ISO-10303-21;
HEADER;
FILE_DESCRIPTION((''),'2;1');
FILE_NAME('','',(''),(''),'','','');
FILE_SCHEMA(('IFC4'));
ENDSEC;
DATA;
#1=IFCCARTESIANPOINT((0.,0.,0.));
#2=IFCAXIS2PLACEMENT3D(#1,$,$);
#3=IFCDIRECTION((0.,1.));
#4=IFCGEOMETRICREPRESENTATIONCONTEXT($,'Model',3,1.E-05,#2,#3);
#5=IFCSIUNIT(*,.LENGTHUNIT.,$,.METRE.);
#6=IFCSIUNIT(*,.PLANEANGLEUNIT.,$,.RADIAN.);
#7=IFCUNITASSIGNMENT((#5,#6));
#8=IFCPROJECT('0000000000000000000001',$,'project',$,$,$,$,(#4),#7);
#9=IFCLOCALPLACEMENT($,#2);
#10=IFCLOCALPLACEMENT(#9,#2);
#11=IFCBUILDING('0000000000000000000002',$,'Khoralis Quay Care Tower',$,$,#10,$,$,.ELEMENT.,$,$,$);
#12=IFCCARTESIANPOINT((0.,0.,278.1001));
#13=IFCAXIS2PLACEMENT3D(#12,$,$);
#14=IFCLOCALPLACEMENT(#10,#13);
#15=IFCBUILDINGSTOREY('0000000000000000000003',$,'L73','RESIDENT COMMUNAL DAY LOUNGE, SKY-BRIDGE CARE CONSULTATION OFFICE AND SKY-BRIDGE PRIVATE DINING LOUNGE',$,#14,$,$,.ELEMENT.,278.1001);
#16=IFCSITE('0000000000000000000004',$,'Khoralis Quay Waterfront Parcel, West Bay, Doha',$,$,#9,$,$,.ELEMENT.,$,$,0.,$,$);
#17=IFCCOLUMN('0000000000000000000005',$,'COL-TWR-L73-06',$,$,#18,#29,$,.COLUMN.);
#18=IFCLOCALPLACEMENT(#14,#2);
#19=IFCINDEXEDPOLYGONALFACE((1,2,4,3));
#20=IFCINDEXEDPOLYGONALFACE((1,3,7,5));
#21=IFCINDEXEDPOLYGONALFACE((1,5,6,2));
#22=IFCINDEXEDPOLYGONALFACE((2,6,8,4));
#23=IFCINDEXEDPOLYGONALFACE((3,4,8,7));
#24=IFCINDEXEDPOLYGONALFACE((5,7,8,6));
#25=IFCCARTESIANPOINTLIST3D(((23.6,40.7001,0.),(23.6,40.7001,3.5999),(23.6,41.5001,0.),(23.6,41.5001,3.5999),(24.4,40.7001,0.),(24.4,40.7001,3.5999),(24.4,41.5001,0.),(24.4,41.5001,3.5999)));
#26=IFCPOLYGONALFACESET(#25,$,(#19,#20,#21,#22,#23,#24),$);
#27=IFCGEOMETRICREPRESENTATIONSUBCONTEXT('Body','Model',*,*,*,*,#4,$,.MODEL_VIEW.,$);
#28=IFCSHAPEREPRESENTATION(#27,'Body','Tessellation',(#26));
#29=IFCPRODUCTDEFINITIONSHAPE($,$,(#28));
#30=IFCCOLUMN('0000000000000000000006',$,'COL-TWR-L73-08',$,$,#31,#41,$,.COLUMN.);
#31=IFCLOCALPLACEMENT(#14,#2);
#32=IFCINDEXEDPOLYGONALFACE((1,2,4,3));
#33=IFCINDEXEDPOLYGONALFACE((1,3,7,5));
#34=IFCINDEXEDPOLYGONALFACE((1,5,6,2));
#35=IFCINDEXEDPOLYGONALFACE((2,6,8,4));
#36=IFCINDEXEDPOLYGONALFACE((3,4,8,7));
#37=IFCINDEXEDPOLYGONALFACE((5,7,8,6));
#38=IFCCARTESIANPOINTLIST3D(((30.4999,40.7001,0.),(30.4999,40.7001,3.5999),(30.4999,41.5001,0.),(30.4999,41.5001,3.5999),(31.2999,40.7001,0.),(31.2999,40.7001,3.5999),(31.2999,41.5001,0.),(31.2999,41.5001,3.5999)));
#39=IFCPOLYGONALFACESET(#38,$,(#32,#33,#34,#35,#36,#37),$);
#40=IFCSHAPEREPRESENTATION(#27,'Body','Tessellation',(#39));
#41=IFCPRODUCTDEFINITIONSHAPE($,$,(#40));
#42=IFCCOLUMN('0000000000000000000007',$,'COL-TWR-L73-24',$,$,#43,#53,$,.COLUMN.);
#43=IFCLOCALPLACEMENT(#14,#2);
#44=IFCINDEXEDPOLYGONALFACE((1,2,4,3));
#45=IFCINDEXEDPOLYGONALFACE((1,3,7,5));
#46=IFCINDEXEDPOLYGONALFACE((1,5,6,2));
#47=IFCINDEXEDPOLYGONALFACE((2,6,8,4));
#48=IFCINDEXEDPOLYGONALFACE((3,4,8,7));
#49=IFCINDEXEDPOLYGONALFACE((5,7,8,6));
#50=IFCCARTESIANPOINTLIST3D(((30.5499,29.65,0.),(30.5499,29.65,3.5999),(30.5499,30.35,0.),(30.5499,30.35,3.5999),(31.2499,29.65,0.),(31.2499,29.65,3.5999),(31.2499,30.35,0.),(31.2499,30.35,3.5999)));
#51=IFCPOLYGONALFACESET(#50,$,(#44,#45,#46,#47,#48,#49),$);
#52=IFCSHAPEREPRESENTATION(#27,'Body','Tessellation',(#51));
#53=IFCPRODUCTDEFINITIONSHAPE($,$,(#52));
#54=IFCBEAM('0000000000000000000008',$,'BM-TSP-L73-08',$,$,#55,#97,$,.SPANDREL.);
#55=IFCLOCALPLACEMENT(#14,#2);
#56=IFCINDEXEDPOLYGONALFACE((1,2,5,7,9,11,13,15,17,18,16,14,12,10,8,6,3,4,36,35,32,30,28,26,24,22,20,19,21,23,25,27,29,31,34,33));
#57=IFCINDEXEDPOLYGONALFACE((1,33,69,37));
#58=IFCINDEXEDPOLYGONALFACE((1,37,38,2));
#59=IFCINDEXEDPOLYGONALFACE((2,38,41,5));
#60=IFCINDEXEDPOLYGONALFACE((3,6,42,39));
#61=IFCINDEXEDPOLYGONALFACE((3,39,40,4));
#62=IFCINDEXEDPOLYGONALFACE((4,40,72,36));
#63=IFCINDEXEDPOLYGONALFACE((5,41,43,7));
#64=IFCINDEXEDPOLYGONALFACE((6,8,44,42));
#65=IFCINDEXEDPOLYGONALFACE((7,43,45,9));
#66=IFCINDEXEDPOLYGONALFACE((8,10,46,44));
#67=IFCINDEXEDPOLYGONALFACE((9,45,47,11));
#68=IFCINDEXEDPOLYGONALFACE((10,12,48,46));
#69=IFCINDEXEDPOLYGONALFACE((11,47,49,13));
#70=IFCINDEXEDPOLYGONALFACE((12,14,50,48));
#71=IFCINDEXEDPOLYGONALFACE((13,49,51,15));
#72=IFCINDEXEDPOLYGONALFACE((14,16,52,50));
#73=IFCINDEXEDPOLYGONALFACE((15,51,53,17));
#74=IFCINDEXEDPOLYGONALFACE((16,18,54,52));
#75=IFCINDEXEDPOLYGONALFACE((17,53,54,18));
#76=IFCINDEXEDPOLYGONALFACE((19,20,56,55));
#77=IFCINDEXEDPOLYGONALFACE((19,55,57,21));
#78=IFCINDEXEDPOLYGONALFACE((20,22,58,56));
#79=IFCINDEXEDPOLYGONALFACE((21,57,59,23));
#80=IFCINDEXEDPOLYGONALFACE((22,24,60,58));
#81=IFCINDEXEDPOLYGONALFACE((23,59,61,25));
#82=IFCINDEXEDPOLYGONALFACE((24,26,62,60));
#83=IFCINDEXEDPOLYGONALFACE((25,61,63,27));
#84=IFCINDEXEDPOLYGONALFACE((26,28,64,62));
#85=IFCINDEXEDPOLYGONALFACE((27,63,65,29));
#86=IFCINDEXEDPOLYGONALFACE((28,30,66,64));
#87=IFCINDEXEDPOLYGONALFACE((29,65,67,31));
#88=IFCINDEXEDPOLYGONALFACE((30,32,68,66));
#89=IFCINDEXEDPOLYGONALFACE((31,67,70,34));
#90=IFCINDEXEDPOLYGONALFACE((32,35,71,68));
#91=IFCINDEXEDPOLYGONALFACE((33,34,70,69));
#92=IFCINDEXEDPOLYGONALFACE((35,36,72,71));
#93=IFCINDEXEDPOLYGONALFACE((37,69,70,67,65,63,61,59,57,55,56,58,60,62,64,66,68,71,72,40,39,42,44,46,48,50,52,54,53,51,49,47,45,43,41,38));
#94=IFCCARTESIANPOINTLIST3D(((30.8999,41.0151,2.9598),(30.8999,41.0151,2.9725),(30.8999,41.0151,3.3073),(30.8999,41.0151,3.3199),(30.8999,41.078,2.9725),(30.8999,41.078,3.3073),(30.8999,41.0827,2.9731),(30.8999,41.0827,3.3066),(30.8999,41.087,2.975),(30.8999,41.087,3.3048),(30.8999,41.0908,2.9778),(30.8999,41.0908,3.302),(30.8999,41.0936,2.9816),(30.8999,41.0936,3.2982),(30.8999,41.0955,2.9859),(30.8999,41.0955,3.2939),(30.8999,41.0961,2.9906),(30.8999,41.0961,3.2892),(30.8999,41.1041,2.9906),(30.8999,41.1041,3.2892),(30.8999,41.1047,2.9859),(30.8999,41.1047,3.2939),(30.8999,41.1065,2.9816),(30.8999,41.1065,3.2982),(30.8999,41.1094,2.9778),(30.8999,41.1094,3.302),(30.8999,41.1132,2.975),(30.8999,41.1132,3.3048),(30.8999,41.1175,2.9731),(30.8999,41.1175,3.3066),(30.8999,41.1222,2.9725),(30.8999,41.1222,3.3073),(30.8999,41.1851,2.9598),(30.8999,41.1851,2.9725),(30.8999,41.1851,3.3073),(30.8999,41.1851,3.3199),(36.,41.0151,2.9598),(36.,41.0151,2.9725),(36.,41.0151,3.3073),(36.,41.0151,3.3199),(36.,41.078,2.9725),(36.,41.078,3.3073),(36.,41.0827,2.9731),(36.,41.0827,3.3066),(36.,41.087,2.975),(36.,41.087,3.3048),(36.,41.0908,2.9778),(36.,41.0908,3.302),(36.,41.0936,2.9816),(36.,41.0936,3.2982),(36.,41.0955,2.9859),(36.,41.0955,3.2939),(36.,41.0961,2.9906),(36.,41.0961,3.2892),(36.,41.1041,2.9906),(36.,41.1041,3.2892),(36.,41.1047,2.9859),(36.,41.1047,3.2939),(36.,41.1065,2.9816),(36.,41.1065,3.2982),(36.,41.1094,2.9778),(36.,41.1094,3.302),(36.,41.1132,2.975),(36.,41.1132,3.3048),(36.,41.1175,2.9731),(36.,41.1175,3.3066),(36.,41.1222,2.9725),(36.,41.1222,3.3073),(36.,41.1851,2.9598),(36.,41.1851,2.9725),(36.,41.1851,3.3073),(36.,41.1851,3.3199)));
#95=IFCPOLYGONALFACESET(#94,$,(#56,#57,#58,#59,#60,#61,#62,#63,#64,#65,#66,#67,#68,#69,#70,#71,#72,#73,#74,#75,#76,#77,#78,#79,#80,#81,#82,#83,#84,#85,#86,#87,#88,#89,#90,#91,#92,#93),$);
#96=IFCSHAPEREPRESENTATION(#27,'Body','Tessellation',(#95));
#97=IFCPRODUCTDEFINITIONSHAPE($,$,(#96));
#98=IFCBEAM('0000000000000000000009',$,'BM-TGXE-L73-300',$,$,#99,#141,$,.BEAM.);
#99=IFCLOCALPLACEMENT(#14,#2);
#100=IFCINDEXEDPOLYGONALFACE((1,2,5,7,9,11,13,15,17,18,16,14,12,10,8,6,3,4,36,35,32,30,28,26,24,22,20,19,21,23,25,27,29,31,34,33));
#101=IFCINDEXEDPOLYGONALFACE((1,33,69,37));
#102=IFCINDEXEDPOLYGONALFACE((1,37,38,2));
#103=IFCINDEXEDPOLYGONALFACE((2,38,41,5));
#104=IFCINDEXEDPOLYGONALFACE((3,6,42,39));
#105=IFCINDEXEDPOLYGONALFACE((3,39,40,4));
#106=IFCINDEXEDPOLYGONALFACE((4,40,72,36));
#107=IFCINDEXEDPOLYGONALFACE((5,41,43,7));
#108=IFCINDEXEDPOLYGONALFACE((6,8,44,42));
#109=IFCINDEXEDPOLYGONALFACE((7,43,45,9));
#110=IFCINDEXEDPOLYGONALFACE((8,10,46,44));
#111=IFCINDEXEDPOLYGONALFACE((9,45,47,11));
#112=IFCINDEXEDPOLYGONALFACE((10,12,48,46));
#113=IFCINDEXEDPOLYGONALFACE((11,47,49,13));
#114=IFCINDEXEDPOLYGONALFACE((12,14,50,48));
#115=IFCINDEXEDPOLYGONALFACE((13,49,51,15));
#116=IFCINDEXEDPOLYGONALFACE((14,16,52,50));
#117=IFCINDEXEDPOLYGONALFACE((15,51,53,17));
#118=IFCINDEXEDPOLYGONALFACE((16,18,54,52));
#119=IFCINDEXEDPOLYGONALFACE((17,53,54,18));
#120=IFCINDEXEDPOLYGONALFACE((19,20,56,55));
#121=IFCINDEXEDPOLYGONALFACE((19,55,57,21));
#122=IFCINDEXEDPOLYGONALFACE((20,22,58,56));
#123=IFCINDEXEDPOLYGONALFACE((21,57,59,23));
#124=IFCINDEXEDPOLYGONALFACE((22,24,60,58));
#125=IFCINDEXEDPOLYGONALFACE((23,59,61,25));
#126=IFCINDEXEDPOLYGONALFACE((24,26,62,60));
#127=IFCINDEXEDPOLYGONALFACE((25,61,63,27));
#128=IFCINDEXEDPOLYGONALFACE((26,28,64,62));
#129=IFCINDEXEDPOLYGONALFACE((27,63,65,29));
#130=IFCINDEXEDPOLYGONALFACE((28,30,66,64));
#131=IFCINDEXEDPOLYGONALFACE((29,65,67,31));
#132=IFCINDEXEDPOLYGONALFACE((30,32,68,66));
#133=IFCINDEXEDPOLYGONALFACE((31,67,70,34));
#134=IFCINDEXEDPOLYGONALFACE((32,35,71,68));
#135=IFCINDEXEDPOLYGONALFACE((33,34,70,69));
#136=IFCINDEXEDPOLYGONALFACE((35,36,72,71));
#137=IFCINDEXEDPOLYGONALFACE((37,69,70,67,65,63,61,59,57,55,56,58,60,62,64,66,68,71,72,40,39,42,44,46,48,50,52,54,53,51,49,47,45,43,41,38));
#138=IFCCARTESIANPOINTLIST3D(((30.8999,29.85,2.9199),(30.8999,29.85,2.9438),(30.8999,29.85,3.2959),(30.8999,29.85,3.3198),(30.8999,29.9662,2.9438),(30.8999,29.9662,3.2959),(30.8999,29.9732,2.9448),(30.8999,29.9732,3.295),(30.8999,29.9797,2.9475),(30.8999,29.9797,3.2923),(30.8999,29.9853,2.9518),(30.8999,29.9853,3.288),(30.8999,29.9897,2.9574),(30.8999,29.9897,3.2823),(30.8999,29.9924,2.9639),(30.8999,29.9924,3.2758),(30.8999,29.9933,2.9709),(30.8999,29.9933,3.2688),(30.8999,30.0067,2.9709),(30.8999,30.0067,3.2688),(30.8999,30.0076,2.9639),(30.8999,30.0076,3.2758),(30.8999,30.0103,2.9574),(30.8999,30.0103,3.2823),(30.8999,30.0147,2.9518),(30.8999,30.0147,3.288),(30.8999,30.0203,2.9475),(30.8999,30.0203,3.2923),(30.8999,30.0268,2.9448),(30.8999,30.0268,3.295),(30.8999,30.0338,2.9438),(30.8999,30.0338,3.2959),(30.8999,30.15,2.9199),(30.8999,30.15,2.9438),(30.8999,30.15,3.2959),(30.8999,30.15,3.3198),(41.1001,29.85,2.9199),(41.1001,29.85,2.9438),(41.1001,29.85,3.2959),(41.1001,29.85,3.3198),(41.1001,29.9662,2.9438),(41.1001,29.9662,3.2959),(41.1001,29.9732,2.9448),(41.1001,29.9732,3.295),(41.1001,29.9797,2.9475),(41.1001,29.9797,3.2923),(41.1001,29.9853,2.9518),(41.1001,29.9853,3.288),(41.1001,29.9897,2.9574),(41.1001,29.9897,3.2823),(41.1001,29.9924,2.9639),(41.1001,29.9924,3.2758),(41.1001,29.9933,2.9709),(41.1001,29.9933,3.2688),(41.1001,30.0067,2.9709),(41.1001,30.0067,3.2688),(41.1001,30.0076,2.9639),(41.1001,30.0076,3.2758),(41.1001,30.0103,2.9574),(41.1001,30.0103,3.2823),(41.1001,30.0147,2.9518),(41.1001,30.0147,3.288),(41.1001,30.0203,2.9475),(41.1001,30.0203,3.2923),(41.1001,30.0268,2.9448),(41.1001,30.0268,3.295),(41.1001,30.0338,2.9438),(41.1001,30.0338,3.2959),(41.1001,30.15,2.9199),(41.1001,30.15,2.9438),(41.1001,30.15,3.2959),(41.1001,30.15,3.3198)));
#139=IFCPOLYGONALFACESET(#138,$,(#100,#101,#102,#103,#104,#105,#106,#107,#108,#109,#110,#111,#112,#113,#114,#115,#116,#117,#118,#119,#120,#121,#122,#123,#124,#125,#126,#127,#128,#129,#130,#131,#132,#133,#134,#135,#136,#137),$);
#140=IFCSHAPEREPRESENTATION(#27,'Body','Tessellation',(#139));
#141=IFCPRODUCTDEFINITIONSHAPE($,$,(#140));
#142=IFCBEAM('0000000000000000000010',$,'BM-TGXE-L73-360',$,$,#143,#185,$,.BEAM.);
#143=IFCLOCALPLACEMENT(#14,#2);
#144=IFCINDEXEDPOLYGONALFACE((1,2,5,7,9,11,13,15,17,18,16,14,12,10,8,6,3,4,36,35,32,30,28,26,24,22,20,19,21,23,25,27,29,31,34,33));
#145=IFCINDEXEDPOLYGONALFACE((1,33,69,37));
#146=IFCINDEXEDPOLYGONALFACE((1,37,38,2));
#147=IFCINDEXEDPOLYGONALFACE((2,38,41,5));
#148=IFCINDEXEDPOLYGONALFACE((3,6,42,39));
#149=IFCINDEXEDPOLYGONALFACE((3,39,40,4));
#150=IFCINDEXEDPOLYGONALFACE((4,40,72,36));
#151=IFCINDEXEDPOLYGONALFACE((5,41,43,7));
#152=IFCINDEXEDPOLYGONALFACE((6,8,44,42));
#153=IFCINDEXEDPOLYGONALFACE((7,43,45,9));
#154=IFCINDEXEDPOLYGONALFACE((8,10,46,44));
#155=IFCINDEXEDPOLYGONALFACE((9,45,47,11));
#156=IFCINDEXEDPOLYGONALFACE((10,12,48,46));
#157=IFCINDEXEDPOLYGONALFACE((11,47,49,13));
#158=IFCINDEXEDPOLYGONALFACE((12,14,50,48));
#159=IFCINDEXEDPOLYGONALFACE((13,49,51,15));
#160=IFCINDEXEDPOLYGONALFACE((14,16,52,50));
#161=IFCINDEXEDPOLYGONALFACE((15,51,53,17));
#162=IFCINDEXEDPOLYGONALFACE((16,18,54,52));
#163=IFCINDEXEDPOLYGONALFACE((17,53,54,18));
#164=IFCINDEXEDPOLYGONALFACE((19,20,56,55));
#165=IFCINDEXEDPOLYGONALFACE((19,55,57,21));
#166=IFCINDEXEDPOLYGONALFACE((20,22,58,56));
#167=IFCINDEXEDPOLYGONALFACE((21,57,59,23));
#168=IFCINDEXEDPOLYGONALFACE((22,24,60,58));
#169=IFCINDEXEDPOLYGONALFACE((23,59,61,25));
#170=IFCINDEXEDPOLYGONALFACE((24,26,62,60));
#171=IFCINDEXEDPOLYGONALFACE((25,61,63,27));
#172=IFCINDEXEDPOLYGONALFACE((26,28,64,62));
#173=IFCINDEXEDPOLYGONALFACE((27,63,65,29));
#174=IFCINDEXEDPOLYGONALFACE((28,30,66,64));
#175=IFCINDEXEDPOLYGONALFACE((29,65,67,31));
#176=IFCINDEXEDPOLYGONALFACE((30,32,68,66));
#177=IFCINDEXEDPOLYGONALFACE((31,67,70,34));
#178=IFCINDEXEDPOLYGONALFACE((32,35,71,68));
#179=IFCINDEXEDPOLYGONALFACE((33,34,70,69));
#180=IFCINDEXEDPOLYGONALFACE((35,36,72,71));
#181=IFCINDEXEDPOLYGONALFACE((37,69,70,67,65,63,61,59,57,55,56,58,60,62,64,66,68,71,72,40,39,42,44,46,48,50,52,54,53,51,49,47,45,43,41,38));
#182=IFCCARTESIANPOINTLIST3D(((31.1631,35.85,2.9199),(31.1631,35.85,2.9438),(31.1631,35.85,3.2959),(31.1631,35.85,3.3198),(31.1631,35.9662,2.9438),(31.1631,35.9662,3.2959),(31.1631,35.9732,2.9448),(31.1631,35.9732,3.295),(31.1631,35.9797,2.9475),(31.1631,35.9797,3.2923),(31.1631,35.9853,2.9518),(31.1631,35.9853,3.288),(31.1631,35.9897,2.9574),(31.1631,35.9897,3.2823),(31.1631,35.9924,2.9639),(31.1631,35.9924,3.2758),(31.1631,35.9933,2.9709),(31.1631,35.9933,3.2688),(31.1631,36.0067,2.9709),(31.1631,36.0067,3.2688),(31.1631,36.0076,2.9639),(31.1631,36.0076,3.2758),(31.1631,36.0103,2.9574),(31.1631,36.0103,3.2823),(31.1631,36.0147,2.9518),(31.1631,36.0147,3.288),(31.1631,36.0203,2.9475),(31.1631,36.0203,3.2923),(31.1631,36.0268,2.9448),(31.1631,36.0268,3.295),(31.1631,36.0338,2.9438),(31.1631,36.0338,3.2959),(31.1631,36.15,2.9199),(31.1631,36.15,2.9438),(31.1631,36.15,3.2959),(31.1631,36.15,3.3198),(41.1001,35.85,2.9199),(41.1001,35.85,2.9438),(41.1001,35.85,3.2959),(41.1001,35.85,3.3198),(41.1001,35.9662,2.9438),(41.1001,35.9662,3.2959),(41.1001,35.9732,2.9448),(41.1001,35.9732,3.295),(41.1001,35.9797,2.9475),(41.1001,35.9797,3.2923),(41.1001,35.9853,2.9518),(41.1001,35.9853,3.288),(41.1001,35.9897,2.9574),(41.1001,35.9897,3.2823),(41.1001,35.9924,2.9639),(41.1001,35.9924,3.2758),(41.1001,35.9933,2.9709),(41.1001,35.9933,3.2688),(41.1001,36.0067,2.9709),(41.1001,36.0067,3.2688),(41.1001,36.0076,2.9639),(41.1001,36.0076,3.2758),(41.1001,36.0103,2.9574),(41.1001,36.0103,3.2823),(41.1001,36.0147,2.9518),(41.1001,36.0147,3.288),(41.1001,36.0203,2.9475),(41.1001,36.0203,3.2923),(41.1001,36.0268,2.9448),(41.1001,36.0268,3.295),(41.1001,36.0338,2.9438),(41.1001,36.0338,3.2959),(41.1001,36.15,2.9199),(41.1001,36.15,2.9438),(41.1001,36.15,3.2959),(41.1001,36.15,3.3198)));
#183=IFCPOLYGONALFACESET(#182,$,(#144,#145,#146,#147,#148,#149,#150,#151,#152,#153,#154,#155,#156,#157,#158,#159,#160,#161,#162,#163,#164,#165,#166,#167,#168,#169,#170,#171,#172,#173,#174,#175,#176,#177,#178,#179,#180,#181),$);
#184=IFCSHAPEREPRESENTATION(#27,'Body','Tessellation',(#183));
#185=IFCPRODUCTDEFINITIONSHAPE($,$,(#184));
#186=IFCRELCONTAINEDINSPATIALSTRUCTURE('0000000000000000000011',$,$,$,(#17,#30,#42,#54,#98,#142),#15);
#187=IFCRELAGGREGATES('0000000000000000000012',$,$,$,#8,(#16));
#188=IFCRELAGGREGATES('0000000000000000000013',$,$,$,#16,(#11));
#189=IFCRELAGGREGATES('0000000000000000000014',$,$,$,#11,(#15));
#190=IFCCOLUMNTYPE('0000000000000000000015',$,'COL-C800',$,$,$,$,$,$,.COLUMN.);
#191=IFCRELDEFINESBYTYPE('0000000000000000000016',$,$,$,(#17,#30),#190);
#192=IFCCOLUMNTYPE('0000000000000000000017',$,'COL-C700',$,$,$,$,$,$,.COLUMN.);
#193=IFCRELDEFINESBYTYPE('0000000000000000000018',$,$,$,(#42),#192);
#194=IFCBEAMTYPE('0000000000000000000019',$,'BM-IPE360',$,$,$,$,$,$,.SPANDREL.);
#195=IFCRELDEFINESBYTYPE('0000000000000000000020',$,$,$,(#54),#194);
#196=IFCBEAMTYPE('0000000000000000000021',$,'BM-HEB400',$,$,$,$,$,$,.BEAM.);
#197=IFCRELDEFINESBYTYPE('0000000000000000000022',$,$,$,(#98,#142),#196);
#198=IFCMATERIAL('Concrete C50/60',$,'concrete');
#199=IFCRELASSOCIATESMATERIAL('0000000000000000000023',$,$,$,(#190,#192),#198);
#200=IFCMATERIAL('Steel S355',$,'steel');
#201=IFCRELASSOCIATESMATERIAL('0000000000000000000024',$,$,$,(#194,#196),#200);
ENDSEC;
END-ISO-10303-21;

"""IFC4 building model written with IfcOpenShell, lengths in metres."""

from ifc_helpers import new_model, si_unit, direction, frame, origin, origin_2d, place, context, subcontext, project, spatial, rectangle, i_section, extrude, source, transform, mapped, material, material_profile, profile_set, type_object, element, save


model = new_model("IFC4")

# Units and contexts
model_context = context("Model", 3, precision=1e-05, world=origin(), true_north=direction((0.0, 1.0)))
body_context = subcontext(model_context, "Body", "Model", "MODEL_VIEW")
ifc_project = project(units=[si_unit("LENGTHUNIT", "METRE"), si_unit("PLANEANGLEUNIT", "RADIAN")], contexts=[model_context])

# Site, building, storey
site_placement = place(None, origin())
site = spatial("IfcSite", under=ifc_project, at=site_placement, Name="Khoralis Quay Waterfront Parcel, West Bay, Doha", CompositionType="ELEMENT", RefElevation=0.0)
building_placement = place(site_placement, origin())
building = spatial("IfcBuilding", under=site, at=building_placement, Name="Khoralis Quay Care Tower", CompositionType="ELEMENT")
storey_placement = place(building_placement, frame((0.0, 0.0, 278.1001)))
storey = spatial("IfcBuildingStorey", under=building, at=storey_placement, Name="L73", Description="RESIDENT COMMUNAL DAY LOUNGE, SKY-BRIDGE CARE CONSULTATION OFFICE AND SKY-BRIDGE PRIVATE DINING LOUNGE", CompositionType="ELEMENT", Elevation=278.1001)

# Columns
ifc_material_1 = material(Name="Concrete C50/60", Category="concrete")
ifc_material_profile_1 = material_profile(ifc_material_1, rectangle(XDim=0.8, YDim=0.8, at=origin_2d()), Name="Concrete C50/60")
ifc_profile_set_1 = profile_set([ifc_material_profile_1], Name="Concrete C50/60")
column_type_1 = type_object("IfcColumnType", Name="COL-C800", PredefinedType="COLUMN", material=ifc_profile_set_1)
shared_shape_1 = source(origin(), body_context, "Body", "SweptSolid", [
    extrude(rectangle(XDim=0.8, YDim=0.8, at=origin_2d()), origin(), (0.0, 0.0, 1.0), 3.5999),
])
for number, where, z_axis, x_axis, name in (
    (1, (24.0, 41.1001, 0.0), (0.0, 0.0, 1.0), (1.0, 0.0, 0.0), "COL-TWR-L73-06"),
    (2, (30.8999, 41.1001, 0.0), (0.0, 0.0, 1.0), (1.0, 0.0, 0.0), "COL-TWR-L73-08"),
):
    element("IfcColumn", number, at=place(storey_placement, frame(where, z_axis=z_axis, x_axis=x_axis)), inside=storey, type_object=column_type_1, Name=name, PredefinedType="COLUMN", context=body_context, shape_type="MappedRepresentation", body=[
        mapped(shared_shape_1, transform((0.0, 0.0, 0.0), scale=1.0)),
    ])
ifc_material_profile_2 = material_profile(ifc_material_1, rectangle(XDim=0.7, YDim=0.7, at=origin_2d()), Name="Concrete C50/60")
ifc_profile_set_2 = profile_set([ifc_material_profile_2], Name="Concrete C50/60")
column_type_2 = type_object("IfcColumnType", Name="COL-C700", PredefinedType="COLUMN", material=ifc_profile_set_2)
shared_shape_2 = source(origin(), body_context, "Body", "SweptSolid", [
    extrude(rectangle(XDim=0.7, YDim=0.7, at=origin_2d()), origin(), (0.0, 0.0, 1.0), 3.5999),
])
column_placement = place(storey_placement, frame((30.8999, 30.0, 0.0), z_axis=(0.0, 0.0, 1.0), x_axis=(1.0, 0.0, 0.0)))
element("IfcColumn", 3, at=column_placement, inside=storey, type_object=column_type_2, Name="COL-TWR-L73-24", PredefinedType="COLUMN", context=body_context, shape_type="MappedRepresentation", body=[
    mapped(shared_shape_2, transform((0.0, 0.0, 0.0), scale=1.0)),
])

# Beams
ifc_material_2 = material(Name="Steel S355", Category="steel")
ifc_material_profile_3 = material_profile(ifc_material_2, i_section(OverallWidth=0.1699, OverallDepth=0.3601, WebThickness=0.0081, FlangeThickness=0.0127, FilletRadius=0.0181, at=origin_2d()), Name="Steel S355")
ifc_profile_set_3 = profile_set([ifc_material_profile_3], Name="Steel S355")
beam_type_1 = type_object("IfcBeamType", Name="BM-IPE360", PredefinedType="SPANDREL", material=ifc_profile_set_3)
shared_shape_3 = source(origin(), body_context, "Body", "SweptSolid", [
    extrude(i_section(OverallWidth=0.1699, OverallDepth=0.3601, WebThickness=0.0081, FlangeThickness=0.0127, FilletRadius=0.0181, at=origin_2d()), origin(), (0.0, 0.0, 1.0), 5.1001),
])
beam_1_placement = place(storey_placement, frame((30.8999, 41.1001, 3.1399), z_axis=(1.0, 0.0, 0.0), x_axis=(0.0, 1.0, 0.0)))
element("IfcBeam", 4, at=beam_1_placement, inside=storey, type_object=beam_type_1, Name="BM-TSP-L73-08", PredefinedType="SPANDREL", context=body_context, shape_type="MappedRepresentation", body=[
    mapped(shared_shape_3, transform((0.0, 0.0, 0.0), scale=1.0)),
])
ifc_material_profile_4 = material_profile(ifc_material_2, i_section(OverallWidth=0.3, OverallDepth=0.3999, WebThickness=0.0134, FlangeThickness=0.0239, FilletRadius=0.0271, at=origin_2d()), Name="Steel S355")
ifc_profile_set_4 = profile_set([ifc_material_profile_4], Name="Steel S355")
beam_type_2 = type_object("IfcBeamType", Name="BM-HEB400", PredefinedType="BEAM", material=ifc_profile_set_4)
shared_shape_4 = source(origin(), body_context, "Body", "SweptSolid", [
    extrude(i_section(OverallWidth=0.3, OverallDepth=0.3999, WebThickness=0.0134, FlangeThickness=0.0239, FilletRadius=0.0271, at=origin_2d()), origin(), (0.0, 0.0, 1.0), 10.2002),
])
beam_2_placement = place(storey_placement, frame((30.8999, 30.0, 3.1199), z_axis=(1.0, 0.0, 0.0), x_axis=(0.0, 1.0, 0.0)))
element("IfcBeam", 5, at=beam_2_placement, inside=storey, type_object=beam_type_2, Name="BM-TGXE-L73-300", PredefinedType="BEAM", context=body_context, shape_type="MappedRepresentation", body=[
    mapped(shared_shape_4, transform((0.0, 0.0, 0.0), scale=1.0)),
])
shared_shape_5 = source(origin(), body_context, "Body", "SweptSolid", [
    extrude(i_section(OverallWidth=0.3, OverallDepth=0.3999, WebThickness=0.0134, FlangeThickness=0.0239, FilletRadius=0.0271, at=origin_2d()), origin(), (0.0, 0.0, 1.0), 9.937),
])
beam_3_placement = place(storey_placement, frame((31.1631, 36.0, 3.1199), z_axis=(1.0, 0.0, 0.0), x_axis=(0.0, 1.0, 0.0)))
element("IfcBeam", 6, at=beam_3_placement, inside=storey, type_object=beam_type_2, Name="BM-TGXE-L73-360", PredefinedType="BEAM", context=body_context, shape_type="MappedRepresentation", body=[
    mapped(shared_shape_5, transform((0.0, 0.0, 0.0), scale=1.0)),
])

save(model, "model.ifc")
